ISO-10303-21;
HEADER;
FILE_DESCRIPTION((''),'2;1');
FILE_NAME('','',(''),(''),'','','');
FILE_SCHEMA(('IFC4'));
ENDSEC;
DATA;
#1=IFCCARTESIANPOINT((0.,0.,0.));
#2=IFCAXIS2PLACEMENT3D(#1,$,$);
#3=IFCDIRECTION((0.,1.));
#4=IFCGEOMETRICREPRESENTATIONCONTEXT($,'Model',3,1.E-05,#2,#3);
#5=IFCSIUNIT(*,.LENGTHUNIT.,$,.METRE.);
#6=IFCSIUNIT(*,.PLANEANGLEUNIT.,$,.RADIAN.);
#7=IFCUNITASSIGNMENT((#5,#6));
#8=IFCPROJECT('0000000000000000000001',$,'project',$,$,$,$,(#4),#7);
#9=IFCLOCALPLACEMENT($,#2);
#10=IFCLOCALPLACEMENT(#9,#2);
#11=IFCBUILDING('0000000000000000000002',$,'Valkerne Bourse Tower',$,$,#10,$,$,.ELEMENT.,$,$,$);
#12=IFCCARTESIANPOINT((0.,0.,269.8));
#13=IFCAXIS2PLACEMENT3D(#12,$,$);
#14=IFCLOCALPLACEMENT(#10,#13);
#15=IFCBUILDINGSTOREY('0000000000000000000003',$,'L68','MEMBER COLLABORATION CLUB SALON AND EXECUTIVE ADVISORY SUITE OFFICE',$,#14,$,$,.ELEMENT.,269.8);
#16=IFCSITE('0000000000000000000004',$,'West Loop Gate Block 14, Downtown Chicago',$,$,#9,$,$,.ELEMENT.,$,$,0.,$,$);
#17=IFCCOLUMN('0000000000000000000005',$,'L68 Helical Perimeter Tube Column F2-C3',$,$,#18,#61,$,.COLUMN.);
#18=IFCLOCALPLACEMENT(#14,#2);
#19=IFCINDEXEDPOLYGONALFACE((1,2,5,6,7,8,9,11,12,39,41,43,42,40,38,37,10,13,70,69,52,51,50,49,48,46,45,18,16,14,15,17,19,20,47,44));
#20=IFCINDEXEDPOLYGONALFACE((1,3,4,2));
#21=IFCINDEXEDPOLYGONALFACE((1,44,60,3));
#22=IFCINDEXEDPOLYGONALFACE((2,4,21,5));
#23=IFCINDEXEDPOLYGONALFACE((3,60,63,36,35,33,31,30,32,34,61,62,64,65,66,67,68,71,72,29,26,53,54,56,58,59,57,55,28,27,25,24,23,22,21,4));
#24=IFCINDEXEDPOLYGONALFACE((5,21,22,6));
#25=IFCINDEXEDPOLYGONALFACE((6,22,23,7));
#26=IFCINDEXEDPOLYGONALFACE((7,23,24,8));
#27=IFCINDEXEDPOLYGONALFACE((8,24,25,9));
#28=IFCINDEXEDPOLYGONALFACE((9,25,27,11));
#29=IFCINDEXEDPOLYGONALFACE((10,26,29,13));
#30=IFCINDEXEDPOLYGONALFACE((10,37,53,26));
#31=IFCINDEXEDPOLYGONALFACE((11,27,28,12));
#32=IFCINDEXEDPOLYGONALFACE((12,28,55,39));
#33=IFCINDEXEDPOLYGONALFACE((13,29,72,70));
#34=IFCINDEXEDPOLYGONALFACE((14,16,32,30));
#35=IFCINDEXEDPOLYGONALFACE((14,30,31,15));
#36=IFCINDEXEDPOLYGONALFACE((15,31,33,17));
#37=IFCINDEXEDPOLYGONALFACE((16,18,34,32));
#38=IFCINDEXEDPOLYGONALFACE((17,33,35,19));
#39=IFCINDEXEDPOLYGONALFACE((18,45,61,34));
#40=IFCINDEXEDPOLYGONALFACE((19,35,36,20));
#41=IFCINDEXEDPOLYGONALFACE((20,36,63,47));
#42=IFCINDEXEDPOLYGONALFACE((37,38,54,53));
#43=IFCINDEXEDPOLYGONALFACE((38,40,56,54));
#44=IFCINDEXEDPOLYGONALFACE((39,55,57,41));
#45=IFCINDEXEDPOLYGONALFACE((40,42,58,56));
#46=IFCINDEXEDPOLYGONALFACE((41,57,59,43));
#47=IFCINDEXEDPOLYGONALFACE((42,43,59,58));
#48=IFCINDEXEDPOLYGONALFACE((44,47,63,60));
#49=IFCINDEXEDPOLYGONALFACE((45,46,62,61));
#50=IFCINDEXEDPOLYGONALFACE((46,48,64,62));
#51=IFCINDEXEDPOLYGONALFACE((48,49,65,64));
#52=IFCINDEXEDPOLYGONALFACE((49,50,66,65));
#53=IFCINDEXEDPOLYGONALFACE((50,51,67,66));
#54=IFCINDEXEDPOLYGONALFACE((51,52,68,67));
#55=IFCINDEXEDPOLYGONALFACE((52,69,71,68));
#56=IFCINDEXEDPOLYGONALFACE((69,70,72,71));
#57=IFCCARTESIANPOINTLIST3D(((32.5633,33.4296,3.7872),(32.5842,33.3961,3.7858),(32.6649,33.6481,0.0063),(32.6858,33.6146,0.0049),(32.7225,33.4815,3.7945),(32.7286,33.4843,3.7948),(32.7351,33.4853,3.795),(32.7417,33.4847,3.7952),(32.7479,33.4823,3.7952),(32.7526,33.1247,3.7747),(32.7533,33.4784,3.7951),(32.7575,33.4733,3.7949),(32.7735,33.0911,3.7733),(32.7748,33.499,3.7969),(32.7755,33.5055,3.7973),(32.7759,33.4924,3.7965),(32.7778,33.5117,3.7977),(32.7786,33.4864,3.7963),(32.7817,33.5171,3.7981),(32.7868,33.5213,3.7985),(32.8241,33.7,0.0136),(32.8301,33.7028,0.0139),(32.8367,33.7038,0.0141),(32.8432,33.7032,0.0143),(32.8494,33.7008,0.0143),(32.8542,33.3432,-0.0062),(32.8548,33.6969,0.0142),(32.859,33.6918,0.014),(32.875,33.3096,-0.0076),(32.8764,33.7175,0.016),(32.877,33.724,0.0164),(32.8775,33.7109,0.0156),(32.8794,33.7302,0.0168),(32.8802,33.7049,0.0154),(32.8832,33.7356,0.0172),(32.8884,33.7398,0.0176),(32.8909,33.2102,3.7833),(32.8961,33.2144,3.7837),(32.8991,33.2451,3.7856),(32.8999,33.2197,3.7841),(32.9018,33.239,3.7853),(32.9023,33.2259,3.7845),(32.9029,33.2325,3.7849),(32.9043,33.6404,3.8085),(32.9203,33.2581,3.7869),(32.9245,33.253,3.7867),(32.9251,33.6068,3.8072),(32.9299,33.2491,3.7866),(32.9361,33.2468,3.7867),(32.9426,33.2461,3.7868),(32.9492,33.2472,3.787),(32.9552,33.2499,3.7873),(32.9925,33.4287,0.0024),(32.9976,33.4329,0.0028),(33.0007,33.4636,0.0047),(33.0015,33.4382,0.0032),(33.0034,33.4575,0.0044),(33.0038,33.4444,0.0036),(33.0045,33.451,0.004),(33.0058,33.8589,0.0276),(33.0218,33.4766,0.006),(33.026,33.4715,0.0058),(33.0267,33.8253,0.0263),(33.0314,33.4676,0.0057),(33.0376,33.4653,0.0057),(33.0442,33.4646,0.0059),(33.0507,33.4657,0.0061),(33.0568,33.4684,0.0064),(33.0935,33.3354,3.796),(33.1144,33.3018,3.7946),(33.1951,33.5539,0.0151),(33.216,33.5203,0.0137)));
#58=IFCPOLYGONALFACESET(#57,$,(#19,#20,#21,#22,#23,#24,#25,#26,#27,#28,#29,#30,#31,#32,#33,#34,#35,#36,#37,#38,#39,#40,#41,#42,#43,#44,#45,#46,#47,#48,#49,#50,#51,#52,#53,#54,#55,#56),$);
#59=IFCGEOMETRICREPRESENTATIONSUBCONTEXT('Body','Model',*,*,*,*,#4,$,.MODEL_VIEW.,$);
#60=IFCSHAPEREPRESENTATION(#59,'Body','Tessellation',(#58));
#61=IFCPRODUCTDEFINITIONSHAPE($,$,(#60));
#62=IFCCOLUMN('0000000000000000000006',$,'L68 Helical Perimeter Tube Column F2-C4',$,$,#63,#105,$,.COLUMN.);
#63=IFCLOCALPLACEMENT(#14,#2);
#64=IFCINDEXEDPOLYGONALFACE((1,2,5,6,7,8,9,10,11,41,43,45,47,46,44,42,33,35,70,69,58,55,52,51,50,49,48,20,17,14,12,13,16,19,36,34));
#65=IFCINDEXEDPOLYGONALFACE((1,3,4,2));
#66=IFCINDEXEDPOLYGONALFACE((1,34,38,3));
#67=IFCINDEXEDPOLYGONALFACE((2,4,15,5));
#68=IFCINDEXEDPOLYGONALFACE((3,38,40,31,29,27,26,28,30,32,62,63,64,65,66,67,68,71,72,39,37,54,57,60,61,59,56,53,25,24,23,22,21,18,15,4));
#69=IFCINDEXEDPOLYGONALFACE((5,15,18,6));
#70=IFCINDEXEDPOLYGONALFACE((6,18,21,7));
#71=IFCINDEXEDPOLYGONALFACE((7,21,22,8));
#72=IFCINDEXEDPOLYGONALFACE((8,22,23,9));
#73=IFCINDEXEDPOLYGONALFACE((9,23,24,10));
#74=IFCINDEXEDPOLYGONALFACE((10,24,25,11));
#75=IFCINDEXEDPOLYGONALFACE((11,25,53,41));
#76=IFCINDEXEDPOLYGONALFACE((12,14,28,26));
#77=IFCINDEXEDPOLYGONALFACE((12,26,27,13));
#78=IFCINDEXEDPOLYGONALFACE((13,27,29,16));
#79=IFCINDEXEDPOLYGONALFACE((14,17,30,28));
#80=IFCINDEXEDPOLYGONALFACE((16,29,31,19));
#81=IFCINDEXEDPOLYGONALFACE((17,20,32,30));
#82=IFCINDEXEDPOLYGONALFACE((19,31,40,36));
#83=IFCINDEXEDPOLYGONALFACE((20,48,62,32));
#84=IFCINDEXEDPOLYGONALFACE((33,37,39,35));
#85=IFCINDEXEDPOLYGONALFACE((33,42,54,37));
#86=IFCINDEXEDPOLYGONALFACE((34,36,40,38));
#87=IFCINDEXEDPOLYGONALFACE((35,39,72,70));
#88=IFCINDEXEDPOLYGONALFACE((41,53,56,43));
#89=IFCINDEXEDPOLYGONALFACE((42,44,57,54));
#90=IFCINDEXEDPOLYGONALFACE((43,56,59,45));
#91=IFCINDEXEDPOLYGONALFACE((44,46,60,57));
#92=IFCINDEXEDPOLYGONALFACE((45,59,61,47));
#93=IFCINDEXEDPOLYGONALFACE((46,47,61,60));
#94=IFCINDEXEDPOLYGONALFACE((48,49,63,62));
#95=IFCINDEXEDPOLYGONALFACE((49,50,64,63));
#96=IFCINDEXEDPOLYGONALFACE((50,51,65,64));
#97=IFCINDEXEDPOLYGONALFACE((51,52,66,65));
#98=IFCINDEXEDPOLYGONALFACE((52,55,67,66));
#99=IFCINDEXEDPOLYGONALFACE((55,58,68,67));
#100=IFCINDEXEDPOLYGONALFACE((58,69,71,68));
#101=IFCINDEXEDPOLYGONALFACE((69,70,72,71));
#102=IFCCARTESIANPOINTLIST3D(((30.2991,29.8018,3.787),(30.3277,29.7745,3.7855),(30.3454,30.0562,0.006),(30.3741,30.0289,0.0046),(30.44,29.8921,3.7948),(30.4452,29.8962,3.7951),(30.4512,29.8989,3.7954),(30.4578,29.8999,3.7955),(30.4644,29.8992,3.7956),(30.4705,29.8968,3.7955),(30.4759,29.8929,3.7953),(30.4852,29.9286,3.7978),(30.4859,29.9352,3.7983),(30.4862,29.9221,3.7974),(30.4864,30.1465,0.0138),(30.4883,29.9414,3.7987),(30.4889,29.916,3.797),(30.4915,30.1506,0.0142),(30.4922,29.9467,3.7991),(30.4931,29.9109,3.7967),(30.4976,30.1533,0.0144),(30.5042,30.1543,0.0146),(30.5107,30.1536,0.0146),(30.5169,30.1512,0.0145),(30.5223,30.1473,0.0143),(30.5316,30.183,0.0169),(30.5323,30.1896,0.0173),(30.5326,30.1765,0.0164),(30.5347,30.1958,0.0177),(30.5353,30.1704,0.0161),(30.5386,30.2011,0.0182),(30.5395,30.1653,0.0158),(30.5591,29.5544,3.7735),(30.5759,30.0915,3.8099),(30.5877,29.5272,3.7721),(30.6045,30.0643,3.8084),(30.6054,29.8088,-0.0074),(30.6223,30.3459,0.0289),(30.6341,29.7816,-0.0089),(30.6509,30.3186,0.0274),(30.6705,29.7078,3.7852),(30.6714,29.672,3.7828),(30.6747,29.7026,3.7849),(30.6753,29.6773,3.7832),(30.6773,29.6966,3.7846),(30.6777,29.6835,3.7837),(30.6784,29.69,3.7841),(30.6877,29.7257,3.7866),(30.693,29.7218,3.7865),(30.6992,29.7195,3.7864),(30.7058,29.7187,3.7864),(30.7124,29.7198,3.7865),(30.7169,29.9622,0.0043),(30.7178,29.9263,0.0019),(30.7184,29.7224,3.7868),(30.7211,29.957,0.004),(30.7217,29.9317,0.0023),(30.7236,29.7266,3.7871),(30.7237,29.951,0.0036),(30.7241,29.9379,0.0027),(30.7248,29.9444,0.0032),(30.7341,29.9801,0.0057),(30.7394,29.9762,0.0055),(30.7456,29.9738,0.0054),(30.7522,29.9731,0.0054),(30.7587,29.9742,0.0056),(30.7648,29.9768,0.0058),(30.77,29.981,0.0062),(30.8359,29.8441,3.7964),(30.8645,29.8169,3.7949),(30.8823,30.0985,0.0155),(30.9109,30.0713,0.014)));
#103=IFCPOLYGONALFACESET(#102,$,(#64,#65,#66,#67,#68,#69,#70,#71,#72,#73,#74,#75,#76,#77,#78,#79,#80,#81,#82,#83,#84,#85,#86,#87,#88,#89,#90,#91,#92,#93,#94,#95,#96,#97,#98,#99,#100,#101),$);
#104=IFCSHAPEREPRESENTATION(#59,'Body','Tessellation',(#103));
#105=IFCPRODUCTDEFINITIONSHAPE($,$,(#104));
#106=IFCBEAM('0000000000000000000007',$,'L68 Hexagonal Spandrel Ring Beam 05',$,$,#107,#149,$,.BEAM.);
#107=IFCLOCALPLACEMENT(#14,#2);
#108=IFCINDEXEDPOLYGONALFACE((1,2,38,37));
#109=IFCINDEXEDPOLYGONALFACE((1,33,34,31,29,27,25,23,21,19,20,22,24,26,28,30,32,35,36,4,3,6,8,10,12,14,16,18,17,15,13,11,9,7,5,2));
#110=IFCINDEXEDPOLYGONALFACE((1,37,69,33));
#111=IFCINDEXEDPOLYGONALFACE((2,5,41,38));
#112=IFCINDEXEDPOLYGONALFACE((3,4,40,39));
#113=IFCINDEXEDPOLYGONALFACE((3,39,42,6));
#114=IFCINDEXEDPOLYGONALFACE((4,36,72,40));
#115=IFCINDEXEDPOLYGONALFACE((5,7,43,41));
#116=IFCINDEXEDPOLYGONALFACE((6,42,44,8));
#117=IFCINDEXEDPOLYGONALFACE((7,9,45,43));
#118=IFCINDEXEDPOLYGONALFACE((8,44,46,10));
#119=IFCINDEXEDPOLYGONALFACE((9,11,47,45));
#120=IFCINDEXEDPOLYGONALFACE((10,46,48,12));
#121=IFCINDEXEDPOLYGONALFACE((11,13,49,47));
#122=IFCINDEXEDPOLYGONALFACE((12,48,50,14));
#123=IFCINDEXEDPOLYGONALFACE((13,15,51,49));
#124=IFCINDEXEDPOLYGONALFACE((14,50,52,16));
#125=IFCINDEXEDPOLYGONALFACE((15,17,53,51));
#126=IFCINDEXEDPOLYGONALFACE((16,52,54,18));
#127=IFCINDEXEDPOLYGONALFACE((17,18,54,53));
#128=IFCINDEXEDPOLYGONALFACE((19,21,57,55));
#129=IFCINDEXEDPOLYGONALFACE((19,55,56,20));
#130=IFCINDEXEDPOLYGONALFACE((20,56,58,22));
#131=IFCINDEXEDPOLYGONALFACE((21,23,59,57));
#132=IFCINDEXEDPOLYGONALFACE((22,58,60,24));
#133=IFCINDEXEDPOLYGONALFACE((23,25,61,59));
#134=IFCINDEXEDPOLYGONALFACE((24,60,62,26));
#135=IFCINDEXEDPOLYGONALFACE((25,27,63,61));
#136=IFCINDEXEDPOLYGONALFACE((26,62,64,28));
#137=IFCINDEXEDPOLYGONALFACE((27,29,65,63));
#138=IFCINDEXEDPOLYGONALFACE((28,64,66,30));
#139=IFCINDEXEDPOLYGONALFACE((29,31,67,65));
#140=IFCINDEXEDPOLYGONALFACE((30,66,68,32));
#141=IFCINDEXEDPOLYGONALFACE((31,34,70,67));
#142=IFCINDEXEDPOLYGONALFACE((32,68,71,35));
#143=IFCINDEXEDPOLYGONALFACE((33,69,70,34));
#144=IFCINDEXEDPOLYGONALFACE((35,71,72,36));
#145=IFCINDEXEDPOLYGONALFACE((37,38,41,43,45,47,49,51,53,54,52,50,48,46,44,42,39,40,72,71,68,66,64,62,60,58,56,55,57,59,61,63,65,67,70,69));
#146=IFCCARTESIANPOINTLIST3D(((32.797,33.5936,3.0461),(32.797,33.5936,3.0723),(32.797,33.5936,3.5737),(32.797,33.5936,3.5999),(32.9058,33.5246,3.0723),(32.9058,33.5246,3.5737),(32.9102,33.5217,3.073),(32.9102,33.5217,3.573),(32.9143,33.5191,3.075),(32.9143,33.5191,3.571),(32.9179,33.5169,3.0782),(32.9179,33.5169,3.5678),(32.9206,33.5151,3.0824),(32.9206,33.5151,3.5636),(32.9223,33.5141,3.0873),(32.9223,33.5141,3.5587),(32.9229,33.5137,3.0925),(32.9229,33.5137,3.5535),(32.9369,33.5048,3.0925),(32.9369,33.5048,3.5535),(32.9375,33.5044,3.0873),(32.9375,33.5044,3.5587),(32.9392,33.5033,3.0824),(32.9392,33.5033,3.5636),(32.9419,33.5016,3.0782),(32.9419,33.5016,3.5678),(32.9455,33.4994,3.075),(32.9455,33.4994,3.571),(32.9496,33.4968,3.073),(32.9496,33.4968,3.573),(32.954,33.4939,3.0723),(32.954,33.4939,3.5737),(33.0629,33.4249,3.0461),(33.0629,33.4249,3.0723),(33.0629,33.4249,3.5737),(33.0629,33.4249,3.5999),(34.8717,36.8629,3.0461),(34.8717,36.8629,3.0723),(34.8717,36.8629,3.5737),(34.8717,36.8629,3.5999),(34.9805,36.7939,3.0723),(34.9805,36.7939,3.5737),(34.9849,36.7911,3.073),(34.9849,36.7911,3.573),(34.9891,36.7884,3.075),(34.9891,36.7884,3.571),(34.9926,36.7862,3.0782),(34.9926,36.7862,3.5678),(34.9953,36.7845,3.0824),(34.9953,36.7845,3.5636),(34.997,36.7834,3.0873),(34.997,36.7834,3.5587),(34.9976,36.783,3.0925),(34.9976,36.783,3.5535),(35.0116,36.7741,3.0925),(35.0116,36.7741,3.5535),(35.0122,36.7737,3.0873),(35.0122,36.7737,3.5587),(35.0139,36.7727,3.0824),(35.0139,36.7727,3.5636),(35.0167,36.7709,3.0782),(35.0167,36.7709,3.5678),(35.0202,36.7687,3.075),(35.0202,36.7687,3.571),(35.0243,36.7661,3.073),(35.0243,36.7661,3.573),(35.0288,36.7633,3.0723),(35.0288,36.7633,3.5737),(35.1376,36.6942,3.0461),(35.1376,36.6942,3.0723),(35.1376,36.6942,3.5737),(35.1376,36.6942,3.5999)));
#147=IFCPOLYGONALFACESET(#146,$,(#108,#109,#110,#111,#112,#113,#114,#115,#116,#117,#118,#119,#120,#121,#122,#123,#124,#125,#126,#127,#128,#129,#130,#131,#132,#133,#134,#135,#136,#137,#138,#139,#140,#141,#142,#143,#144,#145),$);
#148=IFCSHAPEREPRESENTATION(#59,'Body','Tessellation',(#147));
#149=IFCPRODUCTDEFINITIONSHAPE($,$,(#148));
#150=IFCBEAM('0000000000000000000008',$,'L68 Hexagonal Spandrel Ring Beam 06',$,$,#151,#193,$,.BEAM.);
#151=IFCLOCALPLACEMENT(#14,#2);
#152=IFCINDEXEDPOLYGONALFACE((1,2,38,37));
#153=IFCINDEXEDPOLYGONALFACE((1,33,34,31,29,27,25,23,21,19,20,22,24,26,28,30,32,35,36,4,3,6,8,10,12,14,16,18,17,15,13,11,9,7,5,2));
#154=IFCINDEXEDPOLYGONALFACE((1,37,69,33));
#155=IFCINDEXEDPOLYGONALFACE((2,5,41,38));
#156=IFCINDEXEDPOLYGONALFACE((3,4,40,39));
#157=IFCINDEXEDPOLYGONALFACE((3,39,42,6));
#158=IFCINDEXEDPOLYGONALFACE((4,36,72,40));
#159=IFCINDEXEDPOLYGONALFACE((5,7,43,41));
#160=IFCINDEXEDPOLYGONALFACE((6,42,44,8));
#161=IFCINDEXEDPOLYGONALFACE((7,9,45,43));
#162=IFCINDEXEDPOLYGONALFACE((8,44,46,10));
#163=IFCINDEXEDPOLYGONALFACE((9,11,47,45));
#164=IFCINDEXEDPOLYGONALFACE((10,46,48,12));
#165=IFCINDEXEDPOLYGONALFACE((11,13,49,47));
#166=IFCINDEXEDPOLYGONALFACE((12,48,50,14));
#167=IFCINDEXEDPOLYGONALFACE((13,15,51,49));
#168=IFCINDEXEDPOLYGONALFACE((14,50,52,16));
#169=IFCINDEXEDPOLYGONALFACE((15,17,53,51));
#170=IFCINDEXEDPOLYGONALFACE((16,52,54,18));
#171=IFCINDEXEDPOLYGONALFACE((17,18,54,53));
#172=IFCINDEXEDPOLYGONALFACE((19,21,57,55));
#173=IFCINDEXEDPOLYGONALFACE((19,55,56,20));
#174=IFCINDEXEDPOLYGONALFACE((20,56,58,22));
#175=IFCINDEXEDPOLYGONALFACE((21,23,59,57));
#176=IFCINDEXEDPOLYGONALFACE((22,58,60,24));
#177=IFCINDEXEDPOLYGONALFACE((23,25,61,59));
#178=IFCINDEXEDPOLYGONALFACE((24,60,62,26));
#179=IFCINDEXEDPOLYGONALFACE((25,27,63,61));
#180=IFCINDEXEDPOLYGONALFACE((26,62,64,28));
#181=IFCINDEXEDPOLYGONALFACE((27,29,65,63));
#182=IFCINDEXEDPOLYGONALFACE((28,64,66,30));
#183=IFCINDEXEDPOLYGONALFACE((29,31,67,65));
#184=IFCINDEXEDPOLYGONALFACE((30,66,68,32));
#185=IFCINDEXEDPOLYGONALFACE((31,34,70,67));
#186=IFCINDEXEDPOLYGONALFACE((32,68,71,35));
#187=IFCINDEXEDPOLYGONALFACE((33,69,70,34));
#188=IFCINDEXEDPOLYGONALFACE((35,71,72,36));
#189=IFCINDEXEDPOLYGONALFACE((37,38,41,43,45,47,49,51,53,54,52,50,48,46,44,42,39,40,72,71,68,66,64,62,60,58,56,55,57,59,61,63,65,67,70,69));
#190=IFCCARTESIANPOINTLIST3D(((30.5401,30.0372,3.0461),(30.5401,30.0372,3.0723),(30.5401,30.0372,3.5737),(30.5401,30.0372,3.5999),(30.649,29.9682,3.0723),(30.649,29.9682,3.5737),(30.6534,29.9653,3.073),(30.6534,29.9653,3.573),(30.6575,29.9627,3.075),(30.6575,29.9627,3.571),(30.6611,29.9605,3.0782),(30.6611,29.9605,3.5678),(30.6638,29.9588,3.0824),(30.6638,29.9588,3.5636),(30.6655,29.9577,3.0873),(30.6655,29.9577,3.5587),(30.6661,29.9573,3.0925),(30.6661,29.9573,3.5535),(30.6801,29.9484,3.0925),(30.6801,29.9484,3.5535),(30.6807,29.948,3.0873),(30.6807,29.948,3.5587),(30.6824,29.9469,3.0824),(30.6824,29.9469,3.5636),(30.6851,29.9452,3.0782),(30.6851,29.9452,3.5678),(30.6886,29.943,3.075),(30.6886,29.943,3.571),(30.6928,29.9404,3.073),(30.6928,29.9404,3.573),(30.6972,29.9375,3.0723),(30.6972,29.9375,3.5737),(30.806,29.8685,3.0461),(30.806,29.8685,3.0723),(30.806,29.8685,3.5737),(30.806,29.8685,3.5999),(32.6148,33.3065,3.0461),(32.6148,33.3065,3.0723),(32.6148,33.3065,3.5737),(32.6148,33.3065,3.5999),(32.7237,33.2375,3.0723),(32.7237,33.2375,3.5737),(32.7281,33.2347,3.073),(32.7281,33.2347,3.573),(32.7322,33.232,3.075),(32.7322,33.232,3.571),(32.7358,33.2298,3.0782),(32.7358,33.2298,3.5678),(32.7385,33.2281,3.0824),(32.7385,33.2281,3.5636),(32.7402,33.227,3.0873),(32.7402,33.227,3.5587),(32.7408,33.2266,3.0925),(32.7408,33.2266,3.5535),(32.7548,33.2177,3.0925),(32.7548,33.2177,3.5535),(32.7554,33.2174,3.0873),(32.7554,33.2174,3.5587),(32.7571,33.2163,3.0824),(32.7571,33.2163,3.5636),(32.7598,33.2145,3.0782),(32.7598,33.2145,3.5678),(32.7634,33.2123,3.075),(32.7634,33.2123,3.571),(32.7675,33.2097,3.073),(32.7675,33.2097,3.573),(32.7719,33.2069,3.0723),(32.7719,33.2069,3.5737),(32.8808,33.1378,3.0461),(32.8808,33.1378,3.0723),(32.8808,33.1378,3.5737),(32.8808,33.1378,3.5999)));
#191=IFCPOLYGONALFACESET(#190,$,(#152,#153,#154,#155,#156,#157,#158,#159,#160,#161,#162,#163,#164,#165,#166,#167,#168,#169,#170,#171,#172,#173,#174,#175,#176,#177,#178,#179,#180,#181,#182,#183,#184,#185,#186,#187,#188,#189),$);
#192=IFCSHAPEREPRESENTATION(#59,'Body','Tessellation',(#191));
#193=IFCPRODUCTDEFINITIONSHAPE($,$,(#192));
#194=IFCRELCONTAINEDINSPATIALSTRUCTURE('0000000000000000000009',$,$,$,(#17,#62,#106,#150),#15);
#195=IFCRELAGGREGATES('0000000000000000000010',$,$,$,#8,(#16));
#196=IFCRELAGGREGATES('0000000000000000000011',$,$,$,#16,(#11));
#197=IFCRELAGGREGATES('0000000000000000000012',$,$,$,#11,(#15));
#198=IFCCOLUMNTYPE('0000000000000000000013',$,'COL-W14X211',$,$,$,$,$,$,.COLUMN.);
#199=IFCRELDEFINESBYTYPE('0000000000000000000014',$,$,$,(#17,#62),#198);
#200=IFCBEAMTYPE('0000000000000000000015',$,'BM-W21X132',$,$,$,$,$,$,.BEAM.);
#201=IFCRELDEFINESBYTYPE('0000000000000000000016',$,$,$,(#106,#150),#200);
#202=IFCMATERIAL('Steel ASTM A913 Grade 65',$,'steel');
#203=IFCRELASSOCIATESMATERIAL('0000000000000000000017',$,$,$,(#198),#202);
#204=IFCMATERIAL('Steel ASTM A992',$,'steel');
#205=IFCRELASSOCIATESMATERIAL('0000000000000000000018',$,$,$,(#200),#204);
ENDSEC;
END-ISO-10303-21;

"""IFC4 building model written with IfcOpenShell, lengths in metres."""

from ifc_helpers import new_model, si_unit, direction, frame, origin, origin_2d, place, context, subcontext, project, spatial, i_section, extrude, material, material_profile, profile_set, type_object, element, save


model = new_model("IFC4")

# Units and contexts
model_context = context("Model", 3, precision=1e-05, world=origin(), true_north=direction((0.0, 1.0)))
body_context = subcontext(model_context, "Body", "Model", "MODEL_VIEW")
ifc_project = project(units=[si_unit("LENGTHUNIT", "METRE"), si_unit("PLANEANGLEUNIT", "RADIAN")], contexts=[model_context])

# Site, building, storey
site_placement = place(None, origin())
site = spatial("IfcSite", under=ifc_project, at=site_placement, Name="West Loop Gate Block 14, Downtown Chicago", CompositionType="ELEMENT", RefElevation=0.0)
building_placement = place(site_placement, origin())
building = spatial("IfcBuilding", under=site, at=building_placement, Name="Valkerne Bourse Tower", CompositionType="ELEMENT")
storey_placement = place(building_placement, frame((0.0, 0.0, 269.8)))
storey = spatial("IfcBuildingStorey", under=building, at=storey_placement, Name="L68", Description="MEMBER COLLABORATION CLUB SALON AND EXECUTIVE ADVISORY SUITE OFFICE", CompositionType="ELEMENT", Elevation=269.8)

# Columns
ifc_material_1 = material(Name="Steel ASTM A913 Grade 65", Category="steel")
ifc_material_profile_1 = material_profile(ifc_material_1, i_section(OverallWidth=0.4014, OverallDepth=0.3987, WebThickness=0.0249, FlangeThickness=0.0396, FilletRadius=0.0254, at=origin_2d()), Name="W14X211")
ifc_profile_set_1 = profile_set([ifc_material_profile_1], Name="Steel ASTM A913 Grade 65")
column_type = type_object("IfcColumnType", Name="COL-W14X211", PredefinedType="COLUMN", material=ifc_profile_set_1)
column_1_placement = place(storey_placement, frame((32.9404, 33.5842, 0.01), z_axis=(-0.026807, -0.057673, 0.997976), x_axis=(-0.849448, -0.524988, -0.053156)))
element("IfcColumn", 1, at=column_1_placement, inside=storey, type_object=column_type, Name="L68 Helical Perimeter Tube Column F2-C3", PredefinedType="COLUMN", context=body_context, shape_type="SweptSolid", body=[
    extrude(i_section(OverallWidth=0.4014, OverallDepth=0.3987, WebThickness=0.0249, FlangeThickness=0.0396, FilletRadius=0.0254, at=origin_2d()), origin(), (0.0, 0.0, 1.0), 3.7886),
])
column_2_placement = place(storey_placement, frame((30.6282, 30.0637, 0.01), z_axis=(-0.01224, -0.067125, 0.997669), x_axis=(-0.689698, -0.721848, -0.057029)))
element("IfcColumn", 2, at=column_2_placement, inside=storey, type_object=column_type, Name="L68 Helical Perimeter Tube Column F2-C4", PredefinedType="COLUMN", context=body_context, shape_type="SweptSolid", body=[
    extrude(i_section(OverallWidth=0.4014, OverallDepth=0.3987, WebThickness=0.0249, FlangeThickness=0.0396, FilletRadius=0.0254, at=origin_2d()), origin(), (0.0, 0.0, 1.0), 3.7898),
])

# Beams
ifc_material_2 = material(Name="Steel ASTM A992", Category="steel")
ifc_material_profile_2 = material_profile(ifc_material_2, i_section(OverallWidth=0.3149, OverallDepth=0.5537, WebThickness=0.0166, FlangeThickness=0.0261, FilletRadius=0.0203, at=origin_2d()), Name="W21X132")
ifc_profile_set_2 = profile_set([ifc_material_profile_2], Name="Steel ASTM A992")
beam_type_1 = type_object("IfcBeamType", Name="BM-W21X132", PredefinedType="BEAM", material=ifc_profile_set_2)
for number, where, z_axis, x_axis, name in (
    (3, (35.0046, 36.7786, 3.323), (-0.535818, -0.844333, 0.0), (0.844333, -0.535818, 0.0), "L68 Hexagonal Spandrel Ring Beam 05"),
    (4, (32.7478, 33.2222, 3.323), (-0.535818, -0.844333, 0.0), (0.844333, -0.535818, 0.0), "L68 Hexagonal Spandrel Ring Beam 06"),
):
    element("IfcBeam", number, at=place(storey_placement, frame(where, z_axis=z_axis, x_axis=x_axis)), inside=storey, type_object=beam_type_1, Name=name, PredefinedType="BEAM", context=body_context, shape_type="SweptSolid", body=[
        extrude(i_section(OverallWidth=0.3149, OverallDepth=0.5537, WebThickness=0.0166, FlangeThickness=0.0261, FilletRadius=0.0203, at=origin_2d()), origin(), (0.0, 0.0, 1.0), 3.8721),
    ])

save(model, "model.ifc")
